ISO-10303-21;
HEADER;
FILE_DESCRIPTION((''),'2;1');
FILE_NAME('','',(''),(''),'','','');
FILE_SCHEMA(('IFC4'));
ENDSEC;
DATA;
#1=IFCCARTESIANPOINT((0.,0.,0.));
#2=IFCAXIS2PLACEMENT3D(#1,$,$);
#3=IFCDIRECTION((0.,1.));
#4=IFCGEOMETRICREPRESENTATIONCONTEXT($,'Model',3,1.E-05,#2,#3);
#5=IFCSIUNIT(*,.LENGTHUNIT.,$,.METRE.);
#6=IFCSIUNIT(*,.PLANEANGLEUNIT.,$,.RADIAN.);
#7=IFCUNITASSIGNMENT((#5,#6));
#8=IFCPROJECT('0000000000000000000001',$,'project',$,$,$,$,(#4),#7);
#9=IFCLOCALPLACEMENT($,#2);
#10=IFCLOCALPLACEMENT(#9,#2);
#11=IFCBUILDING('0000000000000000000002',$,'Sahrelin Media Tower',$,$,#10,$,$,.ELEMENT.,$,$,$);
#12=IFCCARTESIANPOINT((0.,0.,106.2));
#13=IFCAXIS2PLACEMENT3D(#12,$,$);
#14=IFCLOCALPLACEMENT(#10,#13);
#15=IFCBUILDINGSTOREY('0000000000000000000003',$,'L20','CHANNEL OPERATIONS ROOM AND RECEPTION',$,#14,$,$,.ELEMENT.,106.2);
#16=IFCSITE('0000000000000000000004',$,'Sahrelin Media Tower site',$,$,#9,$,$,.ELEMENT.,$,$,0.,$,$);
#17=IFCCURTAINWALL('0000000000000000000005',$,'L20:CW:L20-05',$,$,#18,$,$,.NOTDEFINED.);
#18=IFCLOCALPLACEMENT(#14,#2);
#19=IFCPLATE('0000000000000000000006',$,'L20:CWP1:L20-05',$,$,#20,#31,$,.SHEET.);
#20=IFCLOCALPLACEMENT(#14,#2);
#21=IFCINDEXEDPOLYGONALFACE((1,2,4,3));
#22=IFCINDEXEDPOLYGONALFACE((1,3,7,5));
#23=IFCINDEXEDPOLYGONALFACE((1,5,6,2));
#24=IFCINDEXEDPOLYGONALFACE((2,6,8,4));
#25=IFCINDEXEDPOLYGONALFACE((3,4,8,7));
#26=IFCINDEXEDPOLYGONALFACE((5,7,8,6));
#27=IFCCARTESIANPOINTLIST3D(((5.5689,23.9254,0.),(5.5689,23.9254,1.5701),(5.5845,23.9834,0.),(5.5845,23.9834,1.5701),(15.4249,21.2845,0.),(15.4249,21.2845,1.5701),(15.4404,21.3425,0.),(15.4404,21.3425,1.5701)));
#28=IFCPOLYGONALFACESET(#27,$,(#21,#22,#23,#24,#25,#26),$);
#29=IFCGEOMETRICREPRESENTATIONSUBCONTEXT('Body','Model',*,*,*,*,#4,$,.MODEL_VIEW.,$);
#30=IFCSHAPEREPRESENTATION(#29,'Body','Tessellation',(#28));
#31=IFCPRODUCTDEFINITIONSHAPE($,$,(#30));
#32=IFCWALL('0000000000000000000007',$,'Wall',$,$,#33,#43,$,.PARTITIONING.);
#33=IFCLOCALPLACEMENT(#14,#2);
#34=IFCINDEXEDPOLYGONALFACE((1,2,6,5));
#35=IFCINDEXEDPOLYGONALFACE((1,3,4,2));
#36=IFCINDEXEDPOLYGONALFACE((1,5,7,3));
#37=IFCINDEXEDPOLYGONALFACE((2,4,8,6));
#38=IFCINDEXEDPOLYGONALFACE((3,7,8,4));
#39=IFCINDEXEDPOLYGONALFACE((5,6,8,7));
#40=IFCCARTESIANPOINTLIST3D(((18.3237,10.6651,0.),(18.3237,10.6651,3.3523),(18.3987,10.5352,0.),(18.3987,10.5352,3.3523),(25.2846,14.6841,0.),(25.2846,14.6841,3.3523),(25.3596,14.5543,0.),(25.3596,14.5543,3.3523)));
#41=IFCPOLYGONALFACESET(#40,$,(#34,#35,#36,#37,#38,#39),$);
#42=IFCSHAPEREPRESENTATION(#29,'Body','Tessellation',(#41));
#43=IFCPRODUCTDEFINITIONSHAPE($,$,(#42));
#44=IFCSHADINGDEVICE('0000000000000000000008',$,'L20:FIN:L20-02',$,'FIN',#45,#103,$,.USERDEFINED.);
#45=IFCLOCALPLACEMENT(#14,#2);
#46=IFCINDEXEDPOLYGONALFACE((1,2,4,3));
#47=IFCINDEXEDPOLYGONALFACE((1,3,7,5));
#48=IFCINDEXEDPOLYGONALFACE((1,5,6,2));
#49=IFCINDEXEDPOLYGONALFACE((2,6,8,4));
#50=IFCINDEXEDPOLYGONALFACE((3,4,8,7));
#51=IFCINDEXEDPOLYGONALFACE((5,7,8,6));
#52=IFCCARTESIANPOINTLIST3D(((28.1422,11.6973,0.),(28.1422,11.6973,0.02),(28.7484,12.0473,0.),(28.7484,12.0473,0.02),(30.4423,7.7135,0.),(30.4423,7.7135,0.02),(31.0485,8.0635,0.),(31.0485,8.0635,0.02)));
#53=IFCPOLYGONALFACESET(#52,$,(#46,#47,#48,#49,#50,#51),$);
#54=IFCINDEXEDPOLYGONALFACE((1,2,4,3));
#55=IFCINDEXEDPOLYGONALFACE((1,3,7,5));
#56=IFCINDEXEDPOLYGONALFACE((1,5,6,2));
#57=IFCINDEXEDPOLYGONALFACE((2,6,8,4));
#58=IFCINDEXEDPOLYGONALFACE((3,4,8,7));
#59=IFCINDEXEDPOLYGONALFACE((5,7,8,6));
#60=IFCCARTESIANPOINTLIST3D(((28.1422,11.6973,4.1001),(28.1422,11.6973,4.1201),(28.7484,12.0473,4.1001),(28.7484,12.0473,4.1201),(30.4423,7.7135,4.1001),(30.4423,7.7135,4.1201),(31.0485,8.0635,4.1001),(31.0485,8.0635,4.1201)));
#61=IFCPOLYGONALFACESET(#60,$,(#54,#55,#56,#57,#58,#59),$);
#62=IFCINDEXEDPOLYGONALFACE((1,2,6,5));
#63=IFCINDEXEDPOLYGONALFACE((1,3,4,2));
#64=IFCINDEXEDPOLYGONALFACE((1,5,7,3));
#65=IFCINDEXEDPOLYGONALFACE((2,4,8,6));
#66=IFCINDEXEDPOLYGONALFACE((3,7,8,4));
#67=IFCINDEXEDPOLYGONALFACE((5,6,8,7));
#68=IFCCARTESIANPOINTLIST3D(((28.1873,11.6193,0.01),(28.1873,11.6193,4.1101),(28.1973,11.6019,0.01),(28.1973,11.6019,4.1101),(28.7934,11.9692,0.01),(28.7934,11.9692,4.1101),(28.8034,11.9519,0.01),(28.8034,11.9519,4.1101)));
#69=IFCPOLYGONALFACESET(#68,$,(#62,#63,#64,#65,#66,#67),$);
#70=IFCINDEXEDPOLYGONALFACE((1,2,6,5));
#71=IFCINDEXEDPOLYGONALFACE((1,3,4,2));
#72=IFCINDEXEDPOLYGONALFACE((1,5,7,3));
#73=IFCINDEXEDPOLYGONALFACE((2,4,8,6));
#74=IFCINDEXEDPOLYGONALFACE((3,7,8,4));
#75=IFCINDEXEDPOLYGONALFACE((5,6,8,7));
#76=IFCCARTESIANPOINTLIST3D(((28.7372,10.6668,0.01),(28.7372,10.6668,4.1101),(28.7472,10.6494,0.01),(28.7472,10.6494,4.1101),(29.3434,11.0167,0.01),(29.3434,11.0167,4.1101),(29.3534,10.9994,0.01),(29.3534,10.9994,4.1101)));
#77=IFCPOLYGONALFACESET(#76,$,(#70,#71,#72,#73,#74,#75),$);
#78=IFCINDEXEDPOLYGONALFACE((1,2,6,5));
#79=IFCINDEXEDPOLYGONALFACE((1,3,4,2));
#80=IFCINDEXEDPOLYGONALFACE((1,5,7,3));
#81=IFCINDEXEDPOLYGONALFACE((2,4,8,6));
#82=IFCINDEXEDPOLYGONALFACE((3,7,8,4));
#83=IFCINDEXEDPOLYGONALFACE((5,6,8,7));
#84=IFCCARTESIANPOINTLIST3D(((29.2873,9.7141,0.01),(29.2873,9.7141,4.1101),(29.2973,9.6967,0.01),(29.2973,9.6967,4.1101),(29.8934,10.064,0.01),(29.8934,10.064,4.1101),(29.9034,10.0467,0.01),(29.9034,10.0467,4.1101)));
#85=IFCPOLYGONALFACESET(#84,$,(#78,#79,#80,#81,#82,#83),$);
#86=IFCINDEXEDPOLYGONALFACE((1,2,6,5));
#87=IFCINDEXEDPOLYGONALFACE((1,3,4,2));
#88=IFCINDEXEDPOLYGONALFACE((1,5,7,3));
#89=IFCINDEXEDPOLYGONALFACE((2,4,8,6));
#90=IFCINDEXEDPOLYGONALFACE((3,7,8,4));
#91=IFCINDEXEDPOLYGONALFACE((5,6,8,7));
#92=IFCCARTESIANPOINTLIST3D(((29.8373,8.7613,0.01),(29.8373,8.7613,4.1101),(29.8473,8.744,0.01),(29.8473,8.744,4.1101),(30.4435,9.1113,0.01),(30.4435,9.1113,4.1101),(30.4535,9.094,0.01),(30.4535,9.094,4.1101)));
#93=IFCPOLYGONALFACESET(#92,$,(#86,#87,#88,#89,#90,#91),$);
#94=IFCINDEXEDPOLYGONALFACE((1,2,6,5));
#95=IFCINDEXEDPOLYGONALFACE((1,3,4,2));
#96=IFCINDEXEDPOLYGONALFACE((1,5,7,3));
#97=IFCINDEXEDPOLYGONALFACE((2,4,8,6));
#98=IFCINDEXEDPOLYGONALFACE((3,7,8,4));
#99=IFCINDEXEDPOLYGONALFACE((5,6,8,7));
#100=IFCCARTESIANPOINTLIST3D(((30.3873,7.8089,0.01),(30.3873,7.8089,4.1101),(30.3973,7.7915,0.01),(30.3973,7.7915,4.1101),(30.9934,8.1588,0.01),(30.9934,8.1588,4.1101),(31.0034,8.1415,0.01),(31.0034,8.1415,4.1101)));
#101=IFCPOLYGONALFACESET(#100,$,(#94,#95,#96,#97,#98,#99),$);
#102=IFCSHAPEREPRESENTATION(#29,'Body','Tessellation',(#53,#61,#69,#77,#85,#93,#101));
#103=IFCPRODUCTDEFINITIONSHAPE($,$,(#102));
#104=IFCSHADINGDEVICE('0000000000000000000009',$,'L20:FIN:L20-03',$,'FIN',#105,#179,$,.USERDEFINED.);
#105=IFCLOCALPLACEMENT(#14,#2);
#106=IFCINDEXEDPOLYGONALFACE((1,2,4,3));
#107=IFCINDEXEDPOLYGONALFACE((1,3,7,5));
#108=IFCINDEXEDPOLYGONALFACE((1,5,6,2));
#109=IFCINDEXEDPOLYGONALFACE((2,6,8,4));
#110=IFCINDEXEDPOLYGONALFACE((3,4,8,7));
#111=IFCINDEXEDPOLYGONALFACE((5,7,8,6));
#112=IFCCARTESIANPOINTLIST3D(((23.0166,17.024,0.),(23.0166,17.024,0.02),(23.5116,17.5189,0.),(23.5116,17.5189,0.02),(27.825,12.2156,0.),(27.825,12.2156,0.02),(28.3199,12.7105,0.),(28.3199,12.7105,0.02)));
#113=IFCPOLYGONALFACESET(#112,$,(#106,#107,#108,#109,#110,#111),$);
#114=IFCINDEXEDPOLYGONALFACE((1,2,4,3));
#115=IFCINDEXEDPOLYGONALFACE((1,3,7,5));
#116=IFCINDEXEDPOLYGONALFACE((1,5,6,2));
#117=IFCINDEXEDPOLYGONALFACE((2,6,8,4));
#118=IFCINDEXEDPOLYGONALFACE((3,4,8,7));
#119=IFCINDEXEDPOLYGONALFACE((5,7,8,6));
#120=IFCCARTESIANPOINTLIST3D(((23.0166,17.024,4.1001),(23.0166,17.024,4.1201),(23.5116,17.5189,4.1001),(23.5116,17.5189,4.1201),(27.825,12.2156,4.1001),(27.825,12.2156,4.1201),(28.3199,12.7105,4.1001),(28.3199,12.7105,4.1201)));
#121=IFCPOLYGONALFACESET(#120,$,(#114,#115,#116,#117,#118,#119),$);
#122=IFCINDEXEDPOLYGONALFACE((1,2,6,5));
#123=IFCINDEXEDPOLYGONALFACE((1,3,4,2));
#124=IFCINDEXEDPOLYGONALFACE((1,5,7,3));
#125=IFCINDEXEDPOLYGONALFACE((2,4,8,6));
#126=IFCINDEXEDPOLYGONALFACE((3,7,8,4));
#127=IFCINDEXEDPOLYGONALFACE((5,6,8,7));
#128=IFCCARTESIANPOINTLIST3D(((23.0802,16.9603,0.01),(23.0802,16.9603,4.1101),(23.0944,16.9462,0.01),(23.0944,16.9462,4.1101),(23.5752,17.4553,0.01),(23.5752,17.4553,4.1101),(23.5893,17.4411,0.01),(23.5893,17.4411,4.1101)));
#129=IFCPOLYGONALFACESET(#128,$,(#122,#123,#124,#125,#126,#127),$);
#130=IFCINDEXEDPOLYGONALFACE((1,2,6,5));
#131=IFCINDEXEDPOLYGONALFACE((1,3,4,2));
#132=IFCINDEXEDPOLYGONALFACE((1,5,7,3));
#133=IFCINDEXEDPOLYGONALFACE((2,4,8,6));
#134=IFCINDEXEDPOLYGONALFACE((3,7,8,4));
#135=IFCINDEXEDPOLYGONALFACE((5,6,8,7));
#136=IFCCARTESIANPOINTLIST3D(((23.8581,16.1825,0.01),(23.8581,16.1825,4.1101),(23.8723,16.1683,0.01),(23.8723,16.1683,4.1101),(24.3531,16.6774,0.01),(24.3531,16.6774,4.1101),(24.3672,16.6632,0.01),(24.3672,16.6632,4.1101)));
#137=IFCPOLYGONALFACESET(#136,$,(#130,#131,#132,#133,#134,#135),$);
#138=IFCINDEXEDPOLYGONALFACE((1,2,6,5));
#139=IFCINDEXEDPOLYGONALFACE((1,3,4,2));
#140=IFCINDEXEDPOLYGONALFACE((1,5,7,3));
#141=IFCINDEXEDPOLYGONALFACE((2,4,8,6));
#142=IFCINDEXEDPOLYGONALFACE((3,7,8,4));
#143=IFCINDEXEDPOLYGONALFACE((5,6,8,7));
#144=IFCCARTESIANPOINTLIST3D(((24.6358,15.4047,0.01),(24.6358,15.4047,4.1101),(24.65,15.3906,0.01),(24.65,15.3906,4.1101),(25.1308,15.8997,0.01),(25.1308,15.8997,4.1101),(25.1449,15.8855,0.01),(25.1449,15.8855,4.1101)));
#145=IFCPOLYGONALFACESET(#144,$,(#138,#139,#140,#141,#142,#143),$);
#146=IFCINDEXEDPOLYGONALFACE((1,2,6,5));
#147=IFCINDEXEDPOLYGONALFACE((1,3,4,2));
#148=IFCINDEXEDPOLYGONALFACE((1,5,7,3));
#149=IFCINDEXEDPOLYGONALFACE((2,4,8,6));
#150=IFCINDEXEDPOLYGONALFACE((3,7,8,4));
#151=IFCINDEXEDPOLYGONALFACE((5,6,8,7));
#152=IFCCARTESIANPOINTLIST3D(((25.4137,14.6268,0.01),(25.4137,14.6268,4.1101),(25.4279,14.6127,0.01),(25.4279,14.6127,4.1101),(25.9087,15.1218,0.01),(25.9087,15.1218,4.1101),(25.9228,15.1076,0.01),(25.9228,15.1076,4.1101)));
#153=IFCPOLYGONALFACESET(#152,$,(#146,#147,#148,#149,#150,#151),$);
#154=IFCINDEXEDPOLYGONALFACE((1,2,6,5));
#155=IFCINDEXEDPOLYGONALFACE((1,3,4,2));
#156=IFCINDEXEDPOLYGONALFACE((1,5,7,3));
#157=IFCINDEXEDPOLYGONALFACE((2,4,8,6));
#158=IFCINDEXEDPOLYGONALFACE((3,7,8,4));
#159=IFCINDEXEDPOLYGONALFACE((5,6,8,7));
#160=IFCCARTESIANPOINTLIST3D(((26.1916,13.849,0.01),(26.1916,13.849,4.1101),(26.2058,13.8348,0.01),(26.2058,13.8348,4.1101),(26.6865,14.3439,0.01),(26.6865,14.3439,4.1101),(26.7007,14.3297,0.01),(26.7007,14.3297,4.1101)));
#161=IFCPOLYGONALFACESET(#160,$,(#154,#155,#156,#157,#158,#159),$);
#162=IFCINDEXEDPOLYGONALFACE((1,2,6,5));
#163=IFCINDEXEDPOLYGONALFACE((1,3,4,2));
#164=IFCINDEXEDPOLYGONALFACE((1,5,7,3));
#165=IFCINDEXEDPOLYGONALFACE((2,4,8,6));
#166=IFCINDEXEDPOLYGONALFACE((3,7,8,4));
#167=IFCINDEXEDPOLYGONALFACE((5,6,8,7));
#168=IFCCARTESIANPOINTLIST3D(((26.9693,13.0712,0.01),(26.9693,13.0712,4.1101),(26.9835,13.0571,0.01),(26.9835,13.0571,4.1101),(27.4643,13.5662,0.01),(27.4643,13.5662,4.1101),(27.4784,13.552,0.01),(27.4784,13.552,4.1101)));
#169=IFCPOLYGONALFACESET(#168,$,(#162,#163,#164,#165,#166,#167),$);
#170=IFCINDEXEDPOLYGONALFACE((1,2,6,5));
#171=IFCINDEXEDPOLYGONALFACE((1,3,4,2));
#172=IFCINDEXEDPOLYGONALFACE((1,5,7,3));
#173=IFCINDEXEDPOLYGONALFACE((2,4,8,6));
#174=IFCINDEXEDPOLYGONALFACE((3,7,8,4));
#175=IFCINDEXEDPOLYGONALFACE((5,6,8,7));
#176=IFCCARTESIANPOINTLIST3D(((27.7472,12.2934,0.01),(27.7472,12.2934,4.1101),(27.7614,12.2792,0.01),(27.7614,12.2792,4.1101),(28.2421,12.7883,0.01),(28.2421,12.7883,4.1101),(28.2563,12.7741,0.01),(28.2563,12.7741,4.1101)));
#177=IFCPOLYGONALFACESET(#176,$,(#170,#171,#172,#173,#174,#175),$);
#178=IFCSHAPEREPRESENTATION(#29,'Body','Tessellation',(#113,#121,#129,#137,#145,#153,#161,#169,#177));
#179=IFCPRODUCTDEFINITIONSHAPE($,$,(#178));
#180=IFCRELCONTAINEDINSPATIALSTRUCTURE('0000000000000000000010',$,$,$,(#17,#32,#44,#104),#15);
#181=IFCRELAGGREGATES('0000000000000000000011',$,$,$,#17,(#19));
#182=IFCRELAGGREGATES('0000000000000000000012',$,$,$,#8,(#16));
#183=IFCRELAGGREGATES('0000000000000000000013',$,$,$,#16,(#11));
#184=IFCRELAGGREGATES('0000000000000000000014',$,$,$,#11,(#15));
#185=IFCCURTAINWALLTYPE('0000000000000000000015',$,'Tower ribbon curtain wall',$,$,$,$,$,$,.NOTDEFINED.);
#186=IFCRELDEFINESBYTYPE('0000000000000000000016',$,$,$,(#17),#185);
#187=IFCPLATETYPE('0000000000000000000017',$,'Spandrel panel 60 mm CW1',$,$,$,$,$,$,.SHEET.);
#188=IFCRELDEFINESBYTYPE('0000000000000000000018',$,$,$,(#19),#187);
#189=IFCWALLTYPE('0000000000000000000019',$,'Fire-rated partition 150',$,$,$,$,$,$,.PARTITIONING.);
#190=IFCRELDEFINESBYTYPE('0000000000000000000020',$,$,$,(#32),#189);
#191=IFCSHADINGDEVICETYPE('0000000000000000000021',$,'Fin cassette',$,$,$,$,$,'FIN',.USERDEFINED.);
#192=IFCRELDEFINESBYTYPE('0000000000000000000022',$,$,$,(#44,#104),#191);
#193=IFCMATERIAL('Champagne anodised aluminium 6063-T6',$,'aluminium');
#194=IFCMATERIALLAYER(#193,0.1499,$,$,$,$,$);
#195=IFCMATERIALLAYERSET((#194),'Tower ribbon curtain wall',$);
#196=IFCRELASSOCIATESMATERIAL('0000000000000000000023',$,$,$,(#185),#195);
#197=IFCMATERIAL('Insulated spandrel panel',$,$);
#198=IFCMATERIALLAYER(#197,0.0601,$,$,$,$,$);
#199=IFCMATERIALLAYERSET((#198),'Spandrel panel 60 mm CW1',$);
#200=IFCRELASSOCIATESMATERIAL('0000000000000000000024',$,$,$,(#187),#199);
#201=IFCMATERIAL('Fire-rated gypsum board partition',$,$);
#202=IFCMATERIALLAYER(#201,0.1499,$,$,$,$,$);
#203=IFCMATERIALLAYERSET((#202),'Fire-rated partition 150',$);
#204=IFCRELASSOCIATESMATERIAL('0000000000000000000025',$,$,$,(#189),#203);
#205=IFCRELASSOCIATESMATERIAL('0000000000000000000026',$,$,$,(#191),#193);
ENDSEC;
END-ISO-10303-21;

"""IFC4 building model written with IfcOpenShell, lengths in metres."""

from ifc_helpers import new_model, si_unit, direction, frame, frame_2d, origin, origin_2d, place, context, subcontext, project, spatial, polyline, rectangle, outline, extrude, material, layer, layer_set, type_object, element, aggregate, save


model = new_model("IFC4")

# Units and contexts
model_context = context("Model", 3, precision=1e-05, world=origin(), true_north=direction((0.0, 1.0)))
body_context = subcontext(model_context, "Body", "Model", "MODEL_VIEW")
ifc_project = project(units=[si_unit("LENGTHUNIT", "METRE"), si_unit("PLANEANGLEUNIT", "RADIAN")], contexts=[model_context])

# Site, building, storey
site_placement = place(None, origin())
site = spatial("IfcSite", under=ifc_project, at=site_placement, Name="Sahrelin Media Tower site", CompositionType="ELEMENT", RefElevation=0.0)
building_placement = place(site_placement, origin())
building = spatial("IfcBuilding", under=site, at=building_placement, Name="Sahrelin Media Tower", CompositionType="ELEMENT")
storey_placement = place(building_placement, frame((0.0, 0.0, 106.2)))
storey = spatial("IfcBuildingStorey", under=building, at=storey_placement, Name="L20", Description="CHANNEL OPERATIONS ROOM AND RECEPTION", CompositionType="ELEMENT", Elevation=106.2)

# Shared definitions
ifc_material_1 = material(Name="Champagne anodised aluminium 6063-T6", Category="aluminium")
ifc_layer_1 = layer(ifc_material_1, 0.1499)
ifc_layer_set_1 = layer_set([ifc_layer_1], Name="Tower ribbon curtain wall")
curtain_wall_type = type_object("IfcCurtainWallType", Name="Tower ribbon curtain wall", PredefinedType="NOTDEFINED", material=ifc_layer_set_1)

# Curtain wall
curtain_wall_1_placement = place(storey_placement, frame((10.5073, 22.6438, 0.0), z_axis=(0.0, 0.0, 1.0), x_axis=(1.0, 0.0, 0.0)))
curtain_wall_1 = element("IfcCurtainWall", 1, at=curtain_wall_1_placement, inside=storey, type_object=curtain_wall_type, Name="L20:CW:L20-05", PredefinedType="NOTDEFINED")

# Plate
ifc_material_2 = material(Name="Insulated spandrel panel")
ifc_layer_2 = layer(ifc_material_2, 0.0601)
ifc_layer_set_2 = layer_set([ifc_layer_2], Name="Spandrel panel 60 mm CW1")
plate_type_1 = type_object("IfcPlateType", Name="Spandrel panel 60 mm CW1", PredefinedType="SHEET", material=ifc_layer_set_2)
plate_1_placement = place(storey_placement, frame((15.4404, 21.3425, 0.0), z_axis=(0.258817, 0.965926, 0.0), x_axis=(-0.965926, 0.258817, 0.0)))
plate_1 = element("IfcPlate", 2, at=plate_1_placement, type_object=plate_type_1, Name="L20:CWP1:L20-05", PredefinedType="SHEET", context=body_context, shape_type="SweptSolid", body=[
    extrude(outline(polyline([(0.0, 0.0), (10.2036, 0.0), (10.2036, 1.5701), (0.0, 1.5701), (0.0, 0.0)])), origin(), (0.0, 0.0, -1.0), 0.0601),
])
aggregate(curtain_wall_1, [plate_1])

# Wall
ifc_material_3 = material(Name="Fire-rated gypsum board partition")
ifc_layer_3 = layer(ifc_material_3, 0.1499)
ifc_layer_set_3 = layer_set([ifc_layer_3], Name="Fire-rated partition 150")
wall_type = type_object("IfcWallType", Name="Fire-rated partition 150", PredefinedType="PARTITIONING", material=ifc_layer_set_3)
wall_placement = place(storey_placement, frame((18.3611, 10.6001, 0.0), z_axis=(0.0, 0.0, 1.0), x_axis=(0.866018, 0.500013, 0.0)))
element("IfcWall", 3, at=wall_placement, inside=storey, type_object=wall_type, Name="Wall", PredefinedType="PARTITIONING", context=body_context, shape_type="SweptSolid", body=[
    extrude(rectangle(XDim=8.0378, YDim=0.1499, at=frame_2d((4.019, 0.0))), origin(), (0.0, 0.0, 1.0), 3.3523),
])

# Shading devices
shading_device_type_1 = type_object("IfcShadingDeviceType", Name="Fin cassette", ElementType="FIN", PredefinedType="USERDEFINED", material=ifc_material_1)
placement_1 = place(storey_placement, frame((29.2317, 9.6704, 0.0), z_axis=(0.0, 0.0, 1.0), x_axis=(0.500011, -0.866019, 0.0)))
element("IfcShadingDevice", 4, at=placement_1, inside=storey, type_object=shading_device_type_1, Name="L20:FIN:L20-02", ObjectType="FIN", PredefinedType="USERDEFINED", context=body_context, shape_type="SweptSolid", body=[
    extrude(rectangle(XDim=4.6001, YDim=0.7, at=origin_2d()), frame((0.0, 0.4199, 0.0)), (0.0, 0.0, 1.0), 0.02),
    extrude(rectangle(XDim=4.6001, YDim=0.7, at=origin_2d()), frame((0.0, 0.4199, 4.1001)), (0.0, 0.0, 1.0), 0.02),
    extrude(rectangle(XDim=0.02, YDim=0.7, at=origin_2d()), frame((-2.2, 0.4199, 0.01), z_axis=(0.0, 0.0, 1.0), x_axis=(1.0, 0.0, 0.0)), (0.0, 0.0, 1.0), 4.1001),
    extrude(rectangle(XDim=0.02, YDim=0.7, at=origin_2d()), frame((-1.1001, 0.4199, 0.01), z_axis=(0.0, 0.0, 1.0), x_axis=(1.0, 0.0, 0.0)), (0.0, 0.0, 1.0), 4.1001),
    extrude(rectangle(XDim=0.02, YDim=0.7, at=origin_2d()), frame((0.0, 0.4199, 0.01), z_axis=(0.0, 0.0, 1.0), x_axis=(1.0, 0.0, 0.0)), (0.0, 0.0, 1.0), 4.1001),
    extrude(rectangle(XDim=0.02, YDim=0.7, at=origin_2d()), frame((1.1001, 0.4199, 0.01), z_axis=(0.0, 0.0, 1.0), x_axis=(1.0, 0.0, 0.0)), (0.0, 0.0, 1.0), 4.1001),
    extrude(rectangle(XDim=0.02, YDim=0.7, at=origin_2d()), frame((2.2, 0.4199, 0.01), z_axis=(0.0, 0.0, 1.0), x_axis=(1.0, 0.0, 0.0)), (0.0, 0.0, 1.0), 4.1001),
])
placement_2 = place(storey_placement, frame((25.3713, 14.5703, 0.0), z_axis=(0.0, 0.0, 1.0), x_axis=(0.707107, -0.707107, 0.0)))
element("IfcShadingDevice", 5, at=placement_2, inside=storey, type_object=shading_device_type_1, Name="L20:FIN:L20-03", ObjectType="FIN", PredefinedType="USERDEFINED", context=body_context, shape_type="SweptSolid", body=[
    extrude(rectangle(XDim=6.8, YDim=0.7, at=origin_2d()), frame((0.0, 0.4199, 0.0)), (0.0, 0.0, 1.0), 0.02),
    extrude(rectangle(XDim=6.8, YDim=0.7, at=origin_2d()), frame((0.0, 0.4199, 4.1001)), (0.0, 0.0, 1.0), 0.02),
    extrude(rectangle(XDim=0.02, YDim=0.7, at=origin_2d()), frame((-3.3, 0.4199, 0.01), z_axis=(0.0, 0.0, 1.0), x_axis=(1.0, 0.0, 0.0)), (0.0, 0.0, 1.0), 4.1001),
    extrude(rectangle(XDim=0.02, YDim=0.7, at=origin_2d()), frame((-2.2, 0.4199, 0.01), z_axis=(0.0, 0.0, 1.0), x_axis=(1.0, 0.0, 0.0)), (0.0, 0.0, 1.0), 4.1001),
    extrude(rectangle(XDim=0.02, YDim=0.7, at=origin_2d()), frame((-1.1001, 0.4199, 0.01), z_axis=(0.0, 0.0, 1.0), x_axis=(1.0, 0.0, 0.0)), (0.0, 0.0, 1.0), 4.1001),
    extrude(rectangle(XDim=0.02, YDim=0.7, at=origin_2d()), frame((0.0, 0.4199, 0.01), z_axis=(0.0, 0.0, 1.0), x_axis=(1.0, 0.0, 0.0)), (0.0, 0.0, 1.0), 4.1001),
    extrude(rectangle(XDim=0.02, YDim=0.7, at=origin_2d()), frame((1.1001, 0.4199, 0.01), z_axis=(0.0, 0.0, 1.0), x_axis=(1.0, 0.0, 0.0)), (0.0, 0.0, 1.0), 4.1001),
    extrude(rectangle(XDim=0.02, YDim=0.7, at=origin_2d()), frame((2.2, 0.4199, 0.01), z_axis=(0.0, 0.0, 1.0), x_axis=(1.0, 0.0, 0.0)), (0.0, 0.0, 1.0), 4.1001),
    extrude(rectangle(XDim=0.02, YDim=0.7, at=origin_2d()), frame((3.3, 0.4199, 0.01), z_axis=(0.0, 0.0, 1.0), x_axis=(1.0, 0.0, 0.0)), (0.0, 0.0, 1.0), 4.1001),
])

save(model, "model.ifc")
